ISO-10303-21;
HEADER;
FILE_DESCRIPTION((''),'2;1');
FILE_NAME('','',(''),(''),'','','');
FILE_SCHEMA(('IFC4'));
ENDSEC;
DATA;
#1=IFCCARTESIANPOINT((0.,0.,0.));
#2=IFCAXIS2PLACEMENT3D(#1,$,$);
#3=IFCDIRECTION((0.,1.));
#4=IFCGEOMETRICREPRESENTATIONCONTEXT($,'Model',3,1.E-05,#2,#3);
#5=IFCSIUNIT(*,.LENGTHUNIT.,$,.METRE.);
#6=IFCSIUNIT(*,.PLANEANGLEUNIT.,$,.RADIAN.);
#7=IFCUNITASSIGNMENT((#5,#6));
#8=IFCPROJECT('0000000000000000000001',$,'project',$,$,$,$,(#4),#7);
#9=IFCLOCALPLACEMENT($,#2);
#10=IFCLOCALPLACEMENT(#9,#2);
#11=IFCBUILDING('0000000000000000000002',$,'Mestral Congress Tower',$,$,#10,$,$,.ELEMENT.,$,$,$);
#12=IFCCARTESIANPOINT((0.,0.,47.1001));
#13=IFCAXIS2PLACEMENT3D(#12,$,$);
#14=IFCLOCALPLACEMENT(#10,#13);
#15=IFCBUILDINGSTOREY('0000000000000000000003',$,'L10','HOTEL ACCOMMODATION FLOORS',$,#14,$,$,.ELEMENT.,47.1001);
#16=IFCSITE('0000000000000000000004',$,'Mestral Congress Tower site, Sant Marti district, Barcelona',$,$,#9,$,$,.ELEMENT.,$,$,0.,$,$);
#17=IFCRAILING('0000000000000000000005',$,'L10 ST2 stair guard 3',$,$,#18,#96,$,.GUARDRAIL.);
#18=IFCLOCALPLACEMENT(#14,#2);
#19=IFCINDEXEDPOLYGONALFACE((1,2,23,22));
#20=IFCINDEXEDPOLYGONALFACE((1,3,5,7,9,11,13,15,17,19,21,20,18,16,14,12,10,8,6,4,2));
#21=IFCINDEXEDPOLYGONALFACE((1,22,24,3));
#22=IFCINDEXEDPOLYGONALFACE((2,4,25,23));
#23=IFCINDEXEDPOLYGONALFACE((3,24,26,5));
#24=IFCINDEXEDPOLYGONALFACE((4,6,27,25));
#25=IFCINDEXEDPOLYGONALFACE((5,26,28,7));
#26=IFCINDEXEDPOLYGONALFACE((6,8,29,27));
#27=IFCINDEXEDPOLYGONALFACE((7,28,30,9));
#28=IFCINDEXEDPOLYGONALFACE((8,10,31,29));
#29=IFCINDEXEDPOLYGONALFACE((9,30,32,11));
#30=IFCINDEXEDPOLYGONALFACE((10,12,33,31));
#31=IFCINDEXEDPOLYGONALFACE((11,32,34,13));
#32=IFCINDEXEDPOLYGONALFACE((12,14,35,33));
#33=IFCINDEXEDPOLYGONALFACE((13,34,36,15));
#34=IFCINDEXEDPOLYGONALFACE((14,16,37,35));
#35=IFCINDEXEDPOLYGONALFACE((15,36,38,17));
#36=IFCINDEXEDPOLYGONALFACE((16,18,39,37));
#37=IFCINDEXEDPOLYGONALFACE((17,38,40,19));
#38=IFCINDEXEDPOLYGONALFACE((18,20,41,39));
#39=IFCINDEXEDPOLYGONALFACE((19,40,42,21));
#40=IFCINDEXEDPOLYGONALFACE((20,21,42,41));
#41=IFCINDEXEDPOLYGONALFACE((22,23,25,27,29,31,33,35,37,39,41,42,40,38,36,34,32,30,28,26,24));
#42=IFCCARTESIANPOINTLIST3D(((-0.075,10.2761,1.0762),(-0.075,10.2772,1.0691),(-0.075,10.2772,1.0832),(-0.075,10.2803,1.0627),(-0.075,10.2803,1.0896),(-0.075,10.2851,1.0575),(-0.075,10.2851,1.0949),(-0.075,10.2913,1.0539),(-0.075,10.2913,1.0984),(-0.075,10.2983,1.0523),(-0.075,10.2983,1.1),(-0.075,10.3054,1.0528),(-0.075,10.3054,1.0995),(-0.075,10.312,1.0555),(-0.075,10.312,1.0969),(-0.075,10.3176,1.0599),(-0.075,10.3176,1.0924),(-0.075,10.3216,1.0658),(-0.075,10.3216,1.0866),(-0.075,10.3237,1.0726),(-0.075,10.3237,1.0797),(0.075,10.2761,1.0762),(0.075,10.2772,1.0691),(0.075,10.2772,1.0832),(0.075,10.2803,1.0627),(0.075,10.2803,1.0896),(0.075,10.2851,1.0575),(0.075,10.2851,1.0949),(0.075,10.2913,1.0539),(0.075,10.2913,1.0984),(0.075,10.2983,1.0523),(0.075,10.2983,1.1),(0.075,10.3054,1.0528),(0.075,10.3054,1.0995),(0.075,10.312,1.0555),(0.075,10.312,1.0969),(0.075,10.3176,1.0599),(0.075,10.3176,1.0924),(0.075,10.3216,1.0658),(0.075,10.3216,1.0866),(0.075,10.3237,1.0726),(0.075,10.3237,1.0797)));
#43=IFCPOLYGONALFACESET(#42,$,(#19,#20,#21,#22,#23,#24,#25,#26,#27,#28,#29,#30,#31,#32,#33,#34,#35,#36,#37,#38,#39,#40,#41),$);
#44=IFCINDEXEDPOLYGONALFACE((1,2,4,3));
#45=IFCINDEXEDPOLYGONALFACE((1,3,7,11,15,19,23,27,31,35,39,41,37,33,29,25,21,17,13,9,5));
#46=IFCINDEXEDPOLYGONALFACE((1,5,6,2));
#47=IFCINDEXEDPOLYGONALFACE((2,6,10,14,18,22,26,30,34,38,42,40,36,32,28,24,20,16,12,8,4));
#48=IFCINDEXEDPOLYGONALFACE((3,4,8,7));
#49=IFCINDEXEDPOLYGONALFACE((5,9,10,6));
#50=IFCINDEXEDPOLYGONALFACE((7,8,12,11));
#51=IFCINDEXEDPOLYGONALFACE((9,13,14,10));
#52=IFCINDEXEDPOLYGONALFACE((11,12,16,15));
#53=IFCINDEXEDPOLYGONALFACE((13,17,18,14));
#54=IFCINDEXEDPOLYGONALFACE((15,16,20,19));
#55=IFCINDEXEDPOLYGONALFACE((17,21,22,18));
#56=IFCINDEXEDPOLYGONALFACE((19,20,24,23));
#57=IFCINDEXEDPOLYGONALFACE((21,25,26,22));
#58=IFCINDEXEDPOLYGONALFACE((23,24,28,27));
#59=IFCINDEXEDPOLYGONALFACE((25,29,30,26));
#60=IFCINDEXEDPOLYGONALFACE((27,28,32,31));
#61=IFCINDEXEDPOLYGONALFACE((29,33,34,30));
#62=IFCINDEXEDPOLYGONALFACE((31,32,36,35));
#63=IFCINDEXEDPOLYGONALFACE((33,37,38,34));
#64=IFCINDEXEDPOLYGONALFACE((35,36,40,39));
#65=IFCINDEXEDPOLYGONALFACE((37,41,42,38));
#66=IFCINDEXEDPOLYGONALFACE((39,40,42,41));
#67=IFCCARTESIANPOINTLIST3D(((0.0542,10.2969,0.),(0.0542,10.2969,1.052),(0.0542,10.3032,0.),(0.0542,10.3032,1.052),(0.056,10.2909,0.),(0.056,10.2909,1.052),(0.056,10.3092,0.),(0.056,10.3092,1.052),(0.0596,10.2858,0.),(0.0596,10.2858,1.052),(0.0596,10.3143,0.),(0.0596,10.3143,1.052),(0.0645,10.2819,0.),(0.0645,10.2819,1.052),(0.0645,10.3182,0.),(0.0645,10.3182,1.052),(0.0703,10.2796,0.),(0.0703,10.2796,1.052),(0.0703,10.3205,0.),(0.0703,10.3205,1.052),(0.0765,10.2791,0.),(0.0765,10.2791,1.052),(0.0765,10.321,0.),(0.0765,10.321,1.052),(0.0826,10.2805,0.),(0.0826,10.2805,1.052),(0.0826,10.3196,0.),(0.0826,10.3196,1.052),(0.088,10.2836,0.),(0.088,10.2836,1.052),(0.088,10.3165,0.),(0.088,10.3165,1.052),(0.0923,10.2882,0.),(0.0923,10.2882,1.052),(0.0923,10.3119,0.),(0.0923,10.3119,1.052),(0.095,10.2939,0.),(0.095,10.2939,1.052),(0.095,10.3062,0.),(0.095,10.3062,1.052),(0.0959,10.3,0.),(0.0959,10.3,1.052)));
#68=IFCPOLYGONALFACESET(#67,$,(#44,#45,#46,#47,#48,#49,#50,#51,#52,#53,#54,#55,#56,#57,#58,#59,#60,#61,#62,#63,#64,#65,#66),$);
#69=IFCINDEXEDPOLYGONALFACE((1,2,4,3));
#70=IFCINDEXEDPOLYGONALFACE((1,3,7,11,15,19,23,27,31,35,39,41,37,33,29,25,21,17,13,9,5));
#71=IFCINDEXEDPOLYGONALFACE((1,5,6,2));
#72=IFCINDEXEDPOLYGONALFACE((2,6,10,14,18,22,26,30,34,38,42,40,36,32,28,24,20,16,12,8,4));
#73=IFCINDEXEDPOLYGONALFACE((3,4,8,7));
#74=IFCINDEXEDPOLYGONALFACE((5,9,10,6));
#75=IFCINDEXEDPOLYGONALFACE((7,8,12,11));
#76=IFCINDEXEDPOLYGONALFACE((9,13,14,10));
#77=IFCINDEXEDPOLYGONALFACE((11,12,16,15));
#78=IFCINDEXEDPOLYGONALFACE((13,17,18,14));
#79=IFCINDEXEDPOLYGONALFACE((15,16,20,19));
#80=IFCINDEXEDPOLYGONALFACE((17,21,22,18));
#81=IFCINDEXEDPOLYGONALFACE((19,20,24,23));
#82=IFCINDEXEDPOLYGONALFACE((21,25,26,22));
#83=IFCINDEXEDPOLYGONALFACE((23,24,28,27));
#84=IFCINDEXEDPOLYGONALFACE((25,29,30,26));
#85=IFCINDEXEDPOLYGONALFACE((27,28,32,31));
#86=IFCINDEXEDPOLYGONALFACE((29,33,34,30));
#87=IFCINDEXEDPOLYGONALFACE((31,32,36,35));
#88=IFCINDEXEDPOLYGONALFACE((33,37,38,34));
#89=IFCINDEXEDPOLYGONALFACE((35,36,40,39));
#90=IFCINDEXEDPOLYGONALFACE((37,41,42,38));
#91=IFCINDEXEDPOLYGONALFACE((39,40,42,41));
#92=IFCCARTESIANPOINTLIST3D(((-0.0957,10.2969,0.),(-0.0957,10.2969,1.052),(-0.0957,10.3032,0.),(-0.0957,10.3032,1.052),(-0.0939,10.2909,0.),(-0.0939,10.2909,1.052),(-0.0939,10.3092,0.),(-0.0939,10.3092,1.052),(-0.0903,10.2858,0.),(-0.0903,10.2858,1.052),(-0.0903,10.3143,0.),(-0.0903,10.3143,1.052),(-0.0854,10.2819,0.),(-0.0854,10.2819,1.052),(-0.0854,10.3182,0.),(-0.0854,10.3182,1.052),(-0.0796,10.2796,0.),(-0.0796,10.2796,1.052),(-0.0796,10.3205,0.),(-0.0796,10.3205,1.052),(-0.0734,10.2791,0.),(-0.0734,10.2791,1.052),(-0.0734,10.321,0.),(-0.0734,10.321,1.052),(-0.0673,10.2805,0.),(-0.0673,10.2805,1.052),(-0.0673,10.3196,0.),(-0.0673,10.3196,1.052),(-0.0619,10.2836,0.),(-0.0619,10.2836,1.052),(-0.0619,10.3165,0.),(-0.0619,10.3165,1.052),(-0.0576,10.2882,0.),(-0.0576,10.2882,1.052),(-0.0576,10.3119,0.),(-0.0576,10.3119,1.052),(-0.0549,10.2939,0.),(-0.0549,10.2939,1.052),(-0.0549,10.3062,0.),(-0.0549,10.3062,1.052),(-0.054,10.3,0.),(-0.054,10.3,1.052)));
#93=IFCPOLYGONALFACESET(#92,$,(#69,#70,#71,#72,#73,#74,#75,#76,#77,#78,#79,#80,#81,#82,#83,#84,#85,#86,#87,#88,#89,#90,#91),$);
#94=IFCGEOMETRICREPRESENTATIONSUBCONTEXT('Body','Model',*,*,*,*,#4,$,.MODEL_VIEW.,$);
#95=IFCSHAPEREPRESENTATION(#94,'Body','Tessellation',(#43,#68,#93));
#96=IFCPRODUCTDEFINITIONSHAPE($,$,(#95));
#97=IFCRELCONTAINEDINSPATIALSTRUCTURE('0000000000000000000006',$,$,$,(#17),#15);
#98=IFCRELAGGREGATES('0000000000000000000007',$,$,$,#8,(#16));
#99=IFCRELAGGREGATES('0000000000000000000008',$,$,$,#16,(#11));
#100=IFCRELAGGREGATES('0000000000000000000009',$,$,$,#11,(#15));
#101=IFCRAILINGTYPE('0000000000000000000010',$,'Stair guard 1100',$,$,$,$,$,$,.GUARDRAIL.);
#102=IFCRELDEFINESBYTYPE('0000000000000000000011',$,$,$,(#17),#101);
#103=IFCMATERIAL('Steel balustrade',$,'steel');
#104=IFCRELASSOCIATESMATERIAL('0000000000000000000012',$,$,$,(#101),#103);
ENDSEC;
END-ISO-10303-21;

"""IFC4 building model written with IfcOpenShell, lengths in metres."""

from ifc_helpers import new_model, si_unit, direction, frame, origin, origin_2d, place, context, subcontext, project, spatial, circle, extrude, material, type_object, element, save


model = new_model("IFC4")

# Units and contexts
model_context = context("Model", 3, precision=1e-05, world=origin(), true_north=direction((0.0, 1.0)))
body_context = subcontext(model_context, "Body", "Model", "MODEL_VIEW")
ifc_project = project(units=[si_unit("LENGTHUNIT", "METRE"), si_unit("PLANEANGLEUNIT", "RADIAN")], contexts=[model_context])

# Site, building, storey
site_placement = place(None, origin())
site = spatial("IfcSite", under=ifc_project, at=site_placement, Name="Mestral Congress Tower site, Sant Marti district, Barcelona", CompositionType="ELEMENT", RefElevation=0.0)
building_placement = place(site_placement, origin())
building = spatial("IfcBuilding", under=site, at=building_placement, Name="Mestral Congress Tower", CompositionType="ELEMENT")
storey_placement = place(building_placement, frame((0.0, 0.0, 47.1001)))
storey = spatial("IfcBuildingStorey", under=building, at=storey_placement, Name="L10", Description="HOTEL ACCOMMODATION FLOORS", CompositionType="ELEMENT", Elevation=47.1001)

# Railing
ifc_material_1 = material(Name="Steel balustrade", Category="steel")
railing_type = type_object("IfcRailingType", Name="Stair guard 1100", PredefinedType="GUARDRAIL", material=ifc_material_1)
railing_placement = place(storey_placement, frame((0.075, 10.3, 0.0)))
element("IfcRailing", 1, at=railing_placement, inside=storey, type_object=railing_type, Name="L10 ST2 stair guard 3", PredefinedType="GUARDRAIL", context=body_context, shape_type="SweptSolid", body=[
    extrude(circle(Radius=0.0239, at=origin_2d()), frame((0.0, 0.0, 1.0762), z_axis=(-1.0, 0.0, 0.0), x_axis=(0.0, -1.0, 0.0)), (0.0, 0.0, 1.0), 0.1499),
    extrude(circle(Radius=0.021, at=origin_2d()), origin(), (0.0, 0.0, 1.0), 1.052),
    extrude(circle(Radius=0.021, at=origin_2d()), frame((-0.1499, 0.0, 0.0)), (0.0, 0.0, 1.0), 1.052),
])

save(model, "model.ifc")
